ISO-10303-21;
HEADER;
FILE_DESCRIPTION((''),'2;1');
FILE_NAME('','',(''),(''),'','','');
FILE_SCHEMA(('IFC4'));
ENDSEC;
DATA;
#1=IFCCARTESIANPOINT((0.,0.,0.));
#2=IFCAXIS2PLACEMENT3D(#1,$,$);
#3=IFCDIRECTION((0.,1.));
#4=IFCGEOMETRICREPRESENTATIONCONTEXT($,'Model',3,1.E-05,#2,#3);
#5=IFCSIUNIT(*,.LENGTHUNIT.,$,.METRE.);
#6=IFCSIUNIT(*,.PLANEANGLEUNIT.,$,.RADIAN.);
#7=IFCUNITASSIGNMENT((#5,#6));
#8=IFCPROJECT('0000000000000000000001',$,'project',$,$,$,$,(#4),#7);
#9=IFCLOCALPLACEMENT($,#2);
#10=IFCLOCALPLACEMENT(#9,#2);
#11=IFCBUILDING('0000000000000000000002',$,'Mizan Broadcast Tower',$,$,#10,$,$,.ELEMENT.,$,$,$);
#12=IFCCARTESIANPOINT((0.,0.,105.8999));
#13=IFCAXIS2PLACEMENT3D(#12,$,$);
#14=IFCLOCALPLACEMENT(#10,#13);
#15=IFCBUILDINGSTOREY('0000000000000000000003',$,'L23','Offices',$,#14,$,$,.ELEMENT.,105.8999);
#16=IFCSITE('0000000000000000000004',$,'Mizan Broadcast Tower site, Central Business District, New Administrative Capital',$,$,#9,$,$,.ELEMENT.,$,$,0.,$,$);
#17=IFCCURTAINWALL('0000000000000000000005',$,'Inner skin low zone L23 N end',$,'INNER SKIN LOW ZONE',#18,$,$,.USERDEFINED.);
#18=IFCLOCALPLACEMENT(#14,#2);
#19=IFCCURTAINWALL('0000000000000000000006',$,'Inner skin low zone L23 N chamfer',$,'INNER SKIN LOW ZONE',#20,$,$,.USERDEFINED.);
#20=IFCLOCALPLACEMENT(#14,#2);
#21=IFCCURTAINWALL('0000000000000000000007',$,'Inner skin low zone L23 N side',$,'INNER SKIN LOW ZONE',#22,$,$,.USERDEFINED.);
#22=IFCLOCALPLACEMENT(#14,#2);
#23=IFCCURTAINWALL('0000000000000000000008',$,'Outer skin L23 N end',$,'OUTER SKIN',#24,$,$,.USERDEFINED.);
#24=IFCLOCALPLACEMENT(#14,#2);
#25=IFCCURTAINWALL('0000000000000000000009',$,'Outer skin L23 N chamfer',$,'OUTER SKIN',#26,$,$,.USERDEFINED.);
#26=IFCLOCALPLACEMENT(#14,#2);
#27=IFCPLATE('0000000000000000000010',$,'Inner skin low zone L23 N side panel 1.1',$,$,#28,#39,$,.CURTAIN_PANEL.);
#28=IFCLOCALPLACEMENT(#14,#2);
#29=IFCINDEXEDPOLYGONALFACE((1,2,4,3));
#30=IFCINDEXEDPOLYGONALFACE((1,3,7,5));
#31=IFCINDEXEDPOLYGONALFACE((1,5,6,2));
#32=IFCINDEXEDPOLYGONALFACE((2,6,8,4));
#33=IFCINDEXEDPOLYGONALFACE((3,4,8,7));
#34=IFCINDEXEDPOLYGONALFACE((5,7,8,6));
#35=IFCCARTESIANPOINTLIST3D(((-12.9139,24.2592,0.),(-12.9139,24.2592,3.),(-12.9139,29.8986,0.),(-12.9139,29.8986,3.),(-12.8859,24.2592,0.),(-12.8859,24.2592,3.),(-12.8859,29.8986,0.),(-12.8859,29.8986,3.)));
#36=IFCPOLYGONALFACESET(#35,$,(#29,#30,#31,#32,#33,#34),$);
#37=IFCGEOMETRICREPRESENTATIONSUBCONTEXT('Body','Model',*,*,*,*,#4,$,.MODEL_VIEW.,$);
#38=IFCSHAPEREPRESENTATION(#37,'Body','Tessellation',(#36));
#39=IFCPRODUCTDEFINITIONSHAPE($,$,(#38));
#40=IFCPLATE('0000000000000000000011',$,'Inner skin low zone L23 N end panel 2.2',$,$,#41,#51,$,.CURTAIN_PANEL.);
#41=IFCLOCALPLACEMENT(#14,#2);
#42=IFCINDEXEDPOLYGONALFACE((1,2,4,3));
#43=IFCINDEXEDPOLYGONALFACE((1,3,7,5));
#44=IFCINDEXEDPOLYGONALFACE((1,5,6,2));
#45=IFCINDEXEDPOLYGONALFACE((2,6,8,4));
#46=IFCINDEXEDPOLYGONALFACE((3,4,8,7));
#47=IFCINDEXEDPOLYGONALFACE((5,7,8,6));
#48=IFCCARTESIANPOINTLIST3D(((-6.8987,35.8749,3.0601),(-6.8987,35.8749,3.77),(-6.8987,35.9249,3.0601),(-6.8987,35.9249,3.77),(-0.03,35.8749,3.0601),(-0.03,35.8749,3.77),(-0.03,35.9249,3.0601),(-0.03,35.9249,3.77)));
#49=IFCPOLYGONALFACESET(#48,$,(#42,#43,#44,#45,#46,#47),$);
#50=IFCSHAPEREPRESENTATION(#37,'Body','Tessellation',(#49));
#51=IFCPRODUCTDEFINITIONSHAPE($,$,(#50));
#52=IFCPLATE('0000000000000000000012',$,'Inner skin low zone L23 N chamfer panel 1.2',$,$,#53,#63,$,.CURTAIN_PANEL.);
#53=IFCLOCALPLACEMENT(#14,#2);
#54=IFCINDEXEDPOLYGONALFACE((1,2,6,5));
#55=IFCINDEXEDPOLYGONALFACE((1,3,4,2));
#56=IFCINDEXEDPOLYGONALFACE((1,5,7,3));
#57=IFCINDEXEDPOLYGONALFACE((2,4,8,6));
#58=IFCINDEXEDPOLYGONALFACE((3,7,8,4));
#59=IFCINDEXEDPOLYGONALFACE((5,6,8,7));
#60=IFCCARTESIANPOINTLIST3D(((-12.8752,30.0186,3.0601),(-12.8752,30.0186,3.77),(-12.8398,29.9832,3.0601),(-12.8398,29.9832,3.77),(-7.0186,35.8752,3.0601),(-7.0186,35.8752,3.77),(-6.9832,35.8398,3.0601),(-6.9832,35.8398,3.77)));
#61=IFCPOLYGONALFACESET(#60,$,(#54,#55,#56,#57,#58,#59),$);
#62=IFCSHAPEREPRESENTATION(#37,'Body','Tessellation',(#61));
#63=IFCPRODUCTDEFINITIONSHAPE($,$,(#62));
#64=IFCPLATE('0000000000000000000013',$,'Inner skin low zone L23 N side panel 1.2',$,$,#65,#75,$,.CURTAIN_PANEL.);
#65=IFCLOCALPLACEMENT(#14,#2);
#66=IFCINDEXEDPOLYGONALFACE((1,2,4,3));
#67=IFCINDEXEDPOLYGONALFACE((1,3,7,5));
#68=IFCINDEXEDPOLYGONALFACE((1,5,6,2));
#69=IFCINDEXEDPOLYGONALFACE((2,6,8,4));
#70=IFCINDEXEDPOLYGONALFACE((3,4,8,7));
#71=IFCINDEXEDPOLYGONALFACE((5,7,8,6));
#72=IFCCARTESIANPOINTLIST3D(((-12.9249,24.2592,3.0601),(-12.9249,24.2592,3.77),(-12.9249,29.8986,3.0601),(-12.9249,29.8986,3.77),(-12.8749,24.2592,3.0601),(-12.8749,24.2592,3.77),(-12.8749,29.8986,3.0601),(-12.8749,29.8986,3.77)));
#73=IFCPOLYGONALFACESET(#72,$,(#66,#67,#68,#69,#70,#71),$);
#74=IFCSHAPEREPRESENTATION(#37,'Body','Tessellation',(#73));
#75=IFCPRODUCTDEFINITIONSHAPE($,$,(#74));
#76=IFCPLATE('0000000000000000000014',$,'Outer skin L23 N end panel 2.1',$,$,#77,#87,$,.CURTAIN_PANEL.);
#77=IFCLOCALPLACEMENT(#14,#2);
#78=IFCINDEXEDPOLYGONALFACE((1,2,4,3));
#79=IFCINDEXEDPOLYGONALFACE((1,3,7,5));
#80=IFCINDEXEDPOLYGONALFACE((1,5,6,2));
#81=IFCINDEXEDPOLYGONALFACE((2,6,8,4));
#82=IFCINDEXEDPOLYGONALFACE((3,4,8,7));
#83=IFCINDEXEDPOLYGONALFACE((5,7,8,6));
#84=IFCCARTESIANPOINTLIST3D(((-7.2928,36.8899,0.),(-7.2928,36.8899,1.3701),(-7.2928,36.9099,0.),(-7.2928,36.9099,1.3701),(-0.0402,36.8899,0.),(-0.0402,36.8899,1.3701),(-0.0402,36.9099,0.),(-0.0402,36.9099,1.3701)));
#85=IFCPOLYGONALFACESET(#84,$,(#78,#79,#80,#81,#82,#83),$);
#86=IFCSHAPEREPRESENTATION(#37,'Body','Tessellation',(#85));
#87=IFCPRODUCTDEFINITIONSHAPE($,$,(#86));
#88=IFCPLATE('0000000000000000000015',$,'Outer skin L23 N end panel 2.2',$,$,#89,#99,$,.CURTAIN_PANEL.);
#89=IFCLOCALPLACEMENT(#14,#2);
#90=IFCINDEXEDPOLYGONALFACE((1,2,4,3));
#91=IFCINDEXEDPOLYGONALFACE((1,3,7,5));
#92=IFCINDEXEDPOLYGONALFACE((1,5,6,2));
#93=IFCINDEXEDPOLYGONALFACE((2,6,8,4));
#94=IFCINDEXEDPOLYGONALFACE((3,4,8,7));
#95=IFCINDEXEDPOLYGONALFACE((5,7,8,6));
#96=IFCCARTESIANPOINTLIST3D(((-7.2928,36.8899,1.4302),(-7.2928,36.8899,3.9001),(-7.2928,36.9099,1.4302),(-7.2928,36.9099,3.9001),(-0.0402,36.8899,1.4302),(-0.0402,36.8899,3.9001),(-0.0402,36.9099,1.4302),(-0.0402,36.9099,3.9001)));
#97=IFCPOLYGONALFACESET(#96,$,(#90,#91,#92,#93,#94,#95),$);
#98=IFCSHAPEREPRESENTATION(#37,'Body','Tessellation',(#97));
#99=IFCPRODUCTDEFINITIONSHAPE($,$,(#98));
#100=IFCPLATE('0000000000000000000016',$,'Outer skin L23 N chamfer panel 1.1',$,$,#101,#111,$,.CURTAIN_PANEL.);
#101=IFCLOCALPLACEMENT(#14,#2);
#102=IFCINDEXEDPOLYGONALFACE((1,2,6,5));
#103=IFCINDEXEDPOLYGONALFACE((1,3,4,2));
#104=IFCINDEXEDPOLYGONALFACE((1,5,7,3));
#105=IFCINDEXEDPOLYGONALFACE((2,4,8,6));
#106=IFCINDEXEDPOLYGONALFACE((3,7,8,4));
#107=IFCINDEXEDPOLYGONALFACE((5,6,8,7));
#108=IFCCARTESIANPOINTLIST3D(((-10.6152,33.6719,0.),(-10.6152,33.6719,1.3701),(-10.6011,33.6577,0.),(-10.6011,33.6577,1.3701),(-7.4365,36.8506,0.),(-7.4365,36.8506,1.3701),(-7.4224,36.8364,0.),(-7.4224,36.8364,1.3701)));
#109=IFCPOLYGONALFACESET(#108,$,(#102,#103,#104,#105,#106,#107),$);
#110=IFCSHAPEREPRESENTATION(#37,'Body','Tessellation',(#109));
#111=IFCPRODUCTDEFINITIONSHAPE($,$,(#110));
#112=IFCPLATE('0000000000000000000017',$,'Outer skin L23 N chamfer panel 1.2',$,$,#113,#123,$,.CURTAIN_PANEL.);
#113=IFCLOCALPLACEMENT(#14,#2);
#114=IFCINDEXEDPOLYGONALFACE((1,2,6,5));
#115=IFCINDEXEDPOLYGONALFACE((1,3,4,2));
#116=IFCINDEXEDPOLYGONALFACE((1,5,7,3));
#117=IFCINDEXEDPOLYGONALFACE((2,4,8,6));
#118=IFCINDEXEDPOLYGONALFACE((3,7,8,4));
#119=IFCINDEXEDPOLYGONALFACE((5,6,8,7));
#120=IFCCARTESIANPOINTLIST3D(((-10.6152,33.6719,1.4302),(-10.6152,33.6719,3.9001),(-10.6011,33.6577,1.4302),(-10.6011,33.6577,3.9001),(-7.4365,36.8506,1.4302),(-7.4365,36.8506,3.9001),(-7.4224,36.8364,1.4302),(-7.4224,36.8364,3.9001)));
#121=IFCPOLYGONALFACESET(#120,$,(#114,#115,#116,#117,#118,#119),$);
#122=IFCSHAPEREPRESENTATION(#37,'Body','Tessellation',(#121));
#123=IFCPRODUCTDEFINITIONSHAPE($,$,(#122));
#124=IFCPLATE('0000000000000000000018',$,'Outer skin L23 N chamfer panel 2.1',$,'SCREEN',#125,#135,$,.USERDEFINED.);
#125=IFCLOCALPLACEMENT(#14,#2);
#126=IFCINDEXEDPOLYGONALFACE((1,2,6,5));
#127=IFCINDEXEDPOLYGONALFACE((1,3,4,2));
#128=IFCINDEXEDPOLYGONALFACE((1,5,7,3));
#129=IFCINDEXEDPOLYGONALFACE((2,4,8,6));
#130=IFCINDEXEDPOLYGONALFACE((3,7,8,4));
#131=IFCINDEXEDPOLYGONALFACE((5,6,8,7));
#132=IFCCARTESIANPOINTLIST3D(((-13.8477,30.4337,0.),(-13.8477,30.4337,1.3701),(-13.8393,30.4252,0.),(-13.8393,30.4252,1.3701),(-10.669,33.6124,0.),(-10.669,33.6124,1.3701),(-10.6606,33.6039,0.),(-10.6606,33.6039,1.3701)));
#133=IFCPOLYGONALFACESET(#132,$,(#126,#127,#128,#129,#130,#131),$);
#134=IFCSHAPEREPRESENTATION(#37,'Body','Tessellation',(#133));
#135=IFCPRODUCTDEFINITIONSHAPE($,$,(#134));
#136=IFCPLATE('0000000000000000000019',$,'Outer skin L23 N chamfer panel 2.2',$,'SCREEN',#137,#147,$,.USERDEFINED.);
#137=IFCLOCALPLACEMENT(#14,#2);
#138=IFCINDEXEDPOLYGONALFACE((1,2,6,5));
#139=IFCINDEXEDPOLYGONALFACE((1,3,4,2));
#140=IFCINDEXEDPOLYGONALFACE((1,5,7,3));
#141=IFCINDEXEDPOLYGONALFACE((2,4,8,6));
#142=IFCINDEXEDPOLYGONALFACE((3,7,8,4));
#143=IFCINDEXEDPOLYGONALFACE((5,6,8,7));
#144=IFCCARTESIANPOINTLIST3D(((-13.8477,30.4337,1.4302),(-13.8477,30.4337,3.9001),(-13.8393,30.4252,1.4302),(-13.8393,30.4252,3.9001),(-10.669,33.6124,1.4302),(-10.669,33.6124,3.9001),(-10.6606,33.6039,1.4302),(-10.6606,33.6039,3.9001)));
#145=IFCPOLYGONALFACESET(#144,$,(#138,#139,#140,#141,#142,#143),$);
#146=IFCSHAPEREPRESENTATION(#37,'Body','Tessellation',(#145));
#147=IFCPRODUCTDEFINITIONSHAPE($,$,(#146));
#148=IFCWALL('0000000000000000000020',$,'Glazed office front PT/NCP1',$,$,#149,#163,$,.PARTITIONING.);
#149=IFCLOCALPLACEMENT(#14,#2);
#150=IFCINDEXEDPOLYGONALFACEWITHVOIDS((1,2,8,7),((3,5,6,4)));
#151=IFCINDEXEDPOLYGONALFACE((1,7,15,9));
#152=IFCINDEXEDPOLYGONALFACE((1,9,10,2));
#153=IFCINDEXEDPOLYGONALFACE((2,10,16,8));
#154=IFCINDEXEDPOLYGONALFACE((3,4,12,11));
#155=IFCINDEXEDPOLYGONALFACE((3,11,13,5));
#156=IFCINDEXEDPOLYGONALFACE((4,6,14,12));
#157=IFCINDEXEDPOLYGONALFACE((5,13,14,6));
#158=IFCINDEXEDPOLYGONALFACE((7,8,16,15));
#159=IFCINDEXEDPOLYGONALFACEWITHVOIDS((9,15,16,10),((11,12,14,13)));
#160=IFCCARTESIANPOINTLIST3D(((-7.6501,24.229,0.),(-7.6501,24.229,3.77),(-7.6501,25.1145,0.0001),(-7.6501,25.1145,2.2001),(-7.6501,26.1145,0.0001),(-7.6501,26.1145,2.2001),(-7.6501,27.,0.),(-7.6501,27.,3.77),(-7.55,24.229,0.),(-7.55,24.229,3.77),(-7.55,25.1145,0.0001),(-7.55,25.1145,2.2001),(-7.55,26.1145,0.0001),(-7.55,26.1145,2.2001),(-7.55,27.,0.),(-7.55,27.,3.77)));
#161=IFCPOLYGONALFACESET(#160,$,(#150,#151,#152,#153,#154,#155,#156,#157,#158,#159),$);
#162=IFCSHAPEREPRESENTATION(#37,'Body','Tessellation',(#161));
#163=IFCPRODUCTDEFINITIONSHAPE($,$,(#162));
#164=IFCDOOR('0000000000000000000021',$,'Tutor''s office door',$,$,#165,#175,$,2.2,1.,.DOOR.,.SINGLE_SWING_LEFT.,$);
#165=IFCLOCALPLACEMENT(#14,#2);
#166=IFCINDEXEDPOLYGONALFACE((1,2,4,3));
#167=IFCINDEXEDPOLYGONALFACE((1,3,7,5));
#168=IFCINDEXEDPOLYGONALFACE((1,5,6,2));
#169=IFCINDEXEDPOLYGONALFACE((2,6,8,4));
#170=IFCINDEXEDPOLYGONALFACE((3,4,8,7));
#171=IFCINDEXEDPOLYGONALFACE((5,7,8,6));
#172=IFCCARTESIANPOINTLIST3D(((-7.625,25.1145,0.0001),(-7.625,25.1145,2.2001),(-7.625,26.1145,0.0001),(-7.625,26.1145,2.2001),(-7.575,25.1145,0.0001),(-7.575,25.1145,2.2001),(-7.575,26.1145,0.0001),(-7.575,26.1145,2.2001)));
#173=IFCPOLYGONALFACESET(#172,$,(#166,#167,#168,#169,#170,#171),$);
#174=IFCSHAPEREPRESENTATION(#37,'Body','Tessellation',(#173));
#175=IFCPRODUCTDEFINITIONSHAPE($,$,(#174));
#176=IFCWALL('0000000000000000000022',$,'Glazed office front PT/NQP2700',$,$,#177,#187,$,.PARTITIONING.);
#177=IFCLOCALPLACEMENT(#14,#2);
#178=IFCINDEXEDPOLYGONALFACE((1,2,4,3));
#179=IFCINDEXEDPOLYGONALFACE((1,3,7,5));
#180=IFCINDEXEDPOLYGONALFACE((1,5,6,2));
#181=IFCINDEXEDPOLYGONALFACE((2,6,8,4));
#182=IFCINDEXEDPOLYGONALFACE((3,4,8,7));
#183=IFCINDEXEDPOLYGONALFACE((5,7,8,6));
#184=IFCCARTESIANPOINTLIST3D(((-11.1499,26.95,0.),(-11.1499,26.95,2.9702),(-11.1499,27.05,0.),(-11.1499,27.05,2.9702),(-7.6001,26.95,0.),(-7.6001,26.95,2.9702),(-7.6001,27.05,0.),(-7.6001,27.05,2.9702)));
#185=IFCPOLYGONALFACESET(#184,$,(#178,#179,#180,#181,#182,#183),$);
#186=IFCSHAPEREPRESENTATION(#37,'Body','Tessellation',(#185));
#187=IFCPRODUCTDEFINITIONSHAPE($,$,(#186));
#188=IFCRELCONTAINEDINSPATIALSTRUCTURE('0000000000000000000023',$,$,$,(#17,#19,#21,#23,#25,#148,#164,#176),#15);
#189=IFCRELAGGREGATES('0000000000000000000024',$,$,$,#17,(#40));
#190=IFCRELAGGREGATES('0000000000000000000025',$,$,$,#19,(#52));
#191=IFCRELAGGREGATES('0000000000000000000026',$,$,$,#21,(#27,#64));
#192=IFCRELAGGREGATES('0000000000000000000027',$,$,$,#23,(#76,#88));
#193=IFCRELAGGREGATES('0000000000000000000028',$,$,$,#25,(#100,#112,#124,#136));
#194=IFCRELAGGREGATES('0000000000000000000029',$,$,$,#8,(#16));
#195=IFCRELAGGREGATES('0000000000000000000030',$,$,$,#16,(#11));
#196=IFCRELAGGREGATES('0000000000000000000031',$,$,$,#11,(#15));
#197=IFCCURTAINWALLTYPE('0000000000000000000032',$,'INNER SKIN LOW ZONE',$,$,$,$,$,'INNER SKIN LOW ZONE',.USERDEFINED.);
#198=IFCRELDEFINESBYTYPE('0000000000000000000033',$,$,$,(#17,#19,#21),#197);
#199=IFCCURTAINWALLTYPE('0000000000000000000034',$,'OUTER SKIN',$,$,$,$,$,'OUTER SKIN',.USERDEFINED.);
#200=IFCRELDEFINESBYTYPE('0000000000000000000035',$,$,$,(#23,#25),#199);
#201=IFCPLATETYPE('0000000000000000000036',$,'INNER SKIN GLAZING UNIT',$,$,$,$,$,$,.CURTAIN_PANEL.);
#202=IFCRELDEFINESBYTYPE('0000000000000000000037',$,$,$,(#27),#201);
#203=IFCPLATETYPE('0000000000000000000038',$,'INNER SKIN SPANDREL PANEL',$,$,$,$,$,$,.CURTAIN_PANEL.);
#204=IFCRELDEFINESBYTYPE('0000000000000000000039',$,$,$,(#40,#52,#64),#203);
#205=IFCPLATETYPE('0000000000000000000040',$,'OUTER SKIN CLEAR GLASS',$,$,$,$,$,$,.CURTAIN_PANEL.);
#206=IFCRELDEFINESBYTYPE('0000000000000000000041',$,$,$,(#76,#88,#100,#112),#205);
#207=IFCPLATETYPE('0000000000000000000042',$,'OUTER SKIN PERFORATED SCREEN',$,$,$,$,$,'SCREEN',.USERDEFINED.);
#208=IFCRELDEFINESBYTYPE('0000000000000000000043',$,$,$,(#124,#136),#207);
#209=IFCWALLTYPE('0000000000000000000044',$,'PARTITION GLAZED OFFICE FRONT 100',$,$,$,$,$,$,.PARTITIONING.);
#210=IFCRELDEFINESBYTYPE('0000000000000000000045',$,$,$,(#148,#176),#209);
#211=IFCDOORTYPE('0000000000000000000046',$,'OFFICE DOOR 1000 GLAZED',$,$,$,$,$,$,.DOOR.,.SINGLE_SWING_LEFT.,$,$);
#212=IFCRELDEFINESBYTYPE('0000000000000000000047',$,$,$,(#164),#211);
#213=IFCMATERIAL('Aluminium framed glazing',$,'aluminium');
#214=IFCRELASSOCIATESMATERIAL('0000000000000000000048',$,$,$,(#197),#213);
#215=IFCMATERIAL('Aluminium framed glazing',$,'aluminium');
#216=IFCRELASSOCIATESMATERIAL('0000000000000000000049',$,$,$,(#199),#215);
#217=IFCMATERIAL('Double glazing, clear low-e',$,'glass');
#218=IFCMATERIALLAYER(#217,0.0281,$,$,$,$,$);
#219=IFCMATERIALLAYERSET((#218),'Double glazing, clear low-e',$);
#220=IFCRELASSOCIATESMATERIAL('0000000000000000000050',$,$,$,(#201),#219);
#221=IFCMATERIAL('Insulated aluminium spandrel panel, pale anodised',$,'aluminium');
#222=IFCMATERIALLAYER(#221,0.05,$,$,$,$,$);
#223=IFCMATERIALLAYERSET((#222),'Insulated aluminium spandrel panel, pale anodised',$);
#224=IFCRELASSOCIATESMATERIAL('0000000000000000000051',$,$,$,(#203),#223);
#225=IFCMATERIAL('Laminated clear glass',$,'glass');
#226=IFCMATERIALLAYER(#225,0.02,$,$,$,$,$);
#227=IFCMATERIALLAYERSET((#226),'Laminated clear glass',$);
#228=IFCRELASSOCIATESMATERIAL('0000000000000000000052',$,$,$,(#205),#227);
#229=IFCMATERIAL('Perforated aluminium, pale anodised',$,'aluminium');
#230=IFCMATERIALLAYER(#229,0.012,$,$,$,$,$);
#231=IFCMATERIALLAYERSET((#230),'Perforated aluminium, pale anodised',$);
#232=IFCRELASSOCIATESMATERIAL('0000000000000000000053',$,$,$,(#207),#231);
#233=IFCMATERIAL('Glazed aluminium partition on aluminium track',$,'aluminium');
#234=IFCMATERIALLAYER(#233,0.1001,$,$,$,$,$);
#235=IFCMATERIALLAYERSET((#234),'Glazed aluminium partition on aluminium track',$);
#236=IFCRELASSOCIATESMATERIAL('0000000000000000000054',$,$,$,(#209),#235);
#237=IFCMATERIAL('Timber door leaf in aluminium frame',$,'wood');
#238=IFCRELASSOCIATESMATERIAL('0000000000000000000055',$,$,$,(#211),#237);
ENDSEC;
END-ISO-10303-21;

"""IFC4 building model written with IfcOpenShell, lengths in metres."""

from ifc_helpers import new_model, si_unit, direction, frame, frame_2d, origin, origin_2d, place, context, subcontext, project, spatial, rectangle, extrude, material, layer, layer_set, type_object, element, fill, aggregate, save


model = new_model("IFC4")

# Units and contexts
model_context = context("Model", 3, precision=1e-05, world=origin(), true_north=direction((0.0, 1.0)))
body_context = subcontext(model_context, "Body", "Model", "MODEL_VIEW")
ifc_project = project(units=[si_unit("LENGTHUNIT", "METRE"), si_unit("PLANEANGLEUNIT", "RADIAN")], contexts=[model_context])

# Site, building, storey
site_placement = place(None, origin())
site = spatial("IfcSite", under=ifc_project, at=site_placement, Name="Mizan Broadcast Tower site, Central Business District, New Administrative Capital", CompositionType="ELEMENT", RefElevation=0.0)
building_placement = place(site_placement, origin())
building = spatial("IfcBuilding", under=site, at=building_placement, Name="Mizan Broadcast Tower", CompositionType="ELEMENT")
storey_placement = place(building_placement, frame((0.0, 0.0, 105.8999)))
storey = spatial("IfcBuildingStorey", under=building, at=storey_placement, Name="L23", Description="Offices", CompositionType="ELEMENT", Elevation=105.8999)

# Curtain walls
ifc_material_1 = material(Name="Aluminium framed glazing", Category="aluminium")
curtain_wall_type_1 = type_object("IfcCurtainWallType", Name="INNER SKIN LOW ZONE", ElementType="INNER SKIN LOW ZONE", PredefinedType="USERDEFINED", material=ifc_material_1)
curtain_wall_1_placement = place(storey_placement, origin())
curtain_wall_1 = element("IfcCurtainWall", 1, at=curtain_wall_1_placement, inside=storey, type_object=curtain_wall_type_1, Name="Inner skin low zone L23 N end", ObjectType="INNER SKIN LOW ZONE", PredefinedType="USERDEFINED")
curtain_wall_2_placement = place(storey_placement, origin())
curtain_wall_2 = element("IfcCurtainWall", 2, at=curtain_wall_2_placement, inside=storey, type_object=curtain_wall_type_1, Name="Inner skin low zone L23 N chamfer", ObjectType="INNER SKIN LOW ZONE", PredefinedType="USERDEFINED")
curtain_wall_3_placement = place(storey_placement, origin())
curtain_wall_3 = element("IfcCurtainWall", 3, at=curtain_wall_3_placement, inside=storey, type_object=curtain_wall_type_1, Name="Inner skin low zone L23 N side", ObjectType="INNER SKIN LOW ZONE", PredefinedType="USERDEFINED")

# Curtain walls
ifc_material_2 = material(Name="Aluminium framed glazing", Category="aluminium")
curtain_wall_type_2 = type_object("IfcCurtainWallType", Name="OUTER SKIN", ElementType="OUTER SKIN", PredefinedType="USERDEFINED", material=ifc_material_2)
curtain_wall_4_placement = place(storey_placement, origin())
curtain_wall_4 = element("IfcCurtainWall", 4, at=curtain_wall_4_placement, inside=storey, type_object=curtain_wall_type_2, Name="Outer skin L23 N end", ObjectType="OUTER SKIN", PredefinedType="USERDEFINED")
curtain_wall_5_placement = place(storey_placement, origin())
curtain_wall_5 = element("IfcCurtainWall", 5, at=curtain_wall_5_placement, inside=storey, type_object=curtain_wall_type_2, Name="Outer skin L23 N chamfer", ObjectType="OUTER SKIN", PredefinedType="USERDEFINED")

# Plates
ifc_material_3 = material(Name="Double glazing, clear low-e", Category="glass")
ifc_layer_1 = layer(ifc_material_3, 0.0281)
ifc_layer_set_1 = layer_set([ifc_layer_1], Name="Double glazing, clear low-e")
plate_type_1 = type_object("IfcPlateType", Name="INNER SKIN GLAZING UNIT", PredefinedType="CURTAIN_PANEL", material=ifc_layer_set_1)
plate_1_placement = place(storey_placement, frame((-12.8999, 27.0789, 0.0), z_axis=(0.0, 0.0, 1.0), x_axis=(0.0, -1.0, 0.0)))
plate_1 = element("IfcPlate", 6, at=plate_1_placement, type_object=plate_type_1, Name="Inner skin low zone L23 N side panel 1.1", PredefinedType="CURTAIN_PANEL", context=body_context, shape_type="SweptSolid", body=[
    extrude(rectangle(XDim=5.6394, YDim=0.0281, at=origin_2d()), origin(), (0.0, 0.0, 1.0), 3.0),
])
ifc_material_4 = material(Name="Insulated aluminium spandrel panel, pale anodised", Category="aluminium")
ifc_layer_2 = layer(ifc_material_4, 0.05)
ifc_layer_set_2 = layer_set([ifc_layer_2], Name="Insulated aluminium spandrel panel, pale anodised")
plate_type_2 = type_object("IfcPlateType", Name="INNER SKIN SPANDREL PANEL", PredefinedType="CURTAIN_PANEL", material=ifc_layer_set_2)
plate_2_placement = place(storey_placement, frame((-3.4644, 35.8999, 3.0601), z_axis=(0.0, 0.0, 1.0), x_axis=(-1.0, 0.0, 0.0)))
plate_2 = element("IfcPlate", 7, at=plate_2_placement, type_object=plate_type_2, Name="Inner skin low zone L23 N end panel 2.2", PredefinedType="CURTAIN_PANEL", context=body_context, shape_type="SweptSolid", body=[
    extrude(rectangle(XDim=6.8687, YDim=0.05, at=origin_2d()), origin(), (0.0, 0.0, 1.0), 0.71),
])
aggregate(curtain_wall_1, [plate_2])
plate_3_placement = place(storey_placement, frame((-9.9292, 32.9292, 3.0601), z_axis=(0.0, 0.0, 1.0), x_axis=(-0.707107, -0.707107, 0.0)))
plate_3 = element("IfcPlate", 8, at=plate_3_placement, type_object=plate_type_2, Name="Inner skin low zone L23 N chamfer panel 1.2", PredefinedType="CURTAIN_PANEL", context=body_context, shape_type="SweptSolid", body=[
    extrude(rectangle(XDim=8.2825, YDim=0.05, at=origin_2d()), origin(), (0.0, 0.0, 1.0), 0.71),
])
aggregate(curtain_wall_2, [plate_3])
plate_4_placement = place(storey_placement, frame((-12.8999, 27.0789, 3.0601), z_axis=(0.0, 0.0, 1.0), x_axis=(0.0, -1.0, 0.0)))
plate_4 = element("IfcPlate", 9, at=plate_4_placement, type_object=plate_type_2, Name="Inner skin low zone L23 N side panel 1.2", PredefinedType="CURTAIN_PANEL", context=body_context, shape_type="SweptSolid", body=[
    extrude(rectangle(XDim=5.6394, YDim=0.05, at=origin_2d()), origin(), (0.0, 0.0, 1.0), 0.71),
])
aggregate(curtain_wall_3, [plate_1, plate_4])
ifc_material_5 = material(Name="Laminated clear glass", Category="glass")
ifc_layer_3 = layer(ifc_material_5, 0.02)
ifc_layer_set_3 = layer_set([ifc_layer_3], Name="Laminated clear glass")
plate_type_3 = type_object("IfcPlateType", Name="OUTER SKIN CLEAR GLASS", PredefinedType="CURTAIN_PANEL", material=ifc_layer_set_3)
plate_5_placement = place(storey_placement, frame((-3.6665, 36.8999, 0.0), z_axis=(0.0, 0.0, 1.0), x_axis=(-1.0, 0.0, 0.0)))
plate_5 = element("IfcPlate", 10, at=plate_5_placement, type_object=plate_type_3, Name="Outer skin L23 N end panel 2.1", PredefinedType="CURTAIN_PANEL", context=body_context, shape_type="SweptSolid", body=[
    extrude(rectangle(XDim=7.2527, YDim=0.02, at=origin_2d()), origin(), (0.0, 0.0, 1.0), 1.3701),
])
plate_6_placement = place(storey_placement, frame((-3.6665, 36.8999, 1.4302), z_axis=(0.0, 0.0, 1.0), x_axis=(-1.0, 0.0, 0.0)))
plate_6 = element("IfcPlate", 11, at=plate_6_placement, type_object=plate_type_3, Name="Outer skin L23 N end panel 2.2", PredefinedType="CURTAIN_PANEL", context=body_context, shape_type="SweptSolid", body=[
    extrude(rectangle(XDim=7.2527, YDim=0.02, at=origin_2d()), origin(), (0.0, 0.0, 1.0), 2.47),
])
aggregate(curtain_wall_4, [plate_5, plate_6])
plate_7_placement = place(storey_placement, frame((-9.0188, 35.2542, 0.0), z_axis=(0.0, 0.0, 1.0), x_axis=(-0.707107, -0.707107, 0.0)))
plate_7 = element("IfcPlate", 12, at=plate_7_placement, type_object=plate_type_3, Name="Outer skin L23 N chamfer panel 1.1", PredefinedType="CURTAIN_PANEL", context=body_context, shape_type="SweptSolid", body=[
    extrude(rectangle(XDim=4.4954, YDim=0.02, at=origin_2d()), origin(), (0.0, 0.0, 1.0), 1.3701),
])
plate_8_placement = place(storey_placement, frame((-9.0188, 35.2542, 1.4302), z_axis=(0.0, 0.0, 1.0), x_axis=(-0.707107, -0.707107, 0.0)))
plate_8 = element("IfcPlate", 13, at=plate_8_placement, type_object=plate_type_3, Name="Outer skin L23 N chamfer panel 1.2", PredefinedType="CURTAIN_PANEL", context=body_context, shape_type="SweptSolid", body=[
    extrude(rectangle(XDim=4.4954, YDim=0.02, at=origin_2d()), origin(), (0.0, 0.0, 1.0), 2.47),
])
ifc_material_6 = material(Name="Perforated aluminium, pale anodised", Category="aluminium")
ifc_layer_4 = layer(ifc_material_6, 0.012)
ifc_layer_set_4 = layer_set([ifc_layer_4], Name="Perforated aluminium, pale anodised")
plate_type_4 = type_object("IfcPlateType", Name="OUTER SKIN PERFORATED SCREEN", ElementType="SCREEN", PredefinedType="USERDEFINED", material=ifc_layer_set_4)
plate_9_placement = place(storey_placement, frame((-12.2542, 32.0188, 0.0), z_axis=(0.0, 0.0, 1.0), x_axis=(-0.707107, -0.707107, 0.0)))
plate_9 = element("IfcPlate", 14, at=plate_9_placement, type_object=plate_type_4, Name="Outer skin L23 N chamfer panel 2.1", ObjectType="SCREEN", PredefinedType="USERDEFINED", context=body_context, shape_type="SweptSolid", body=[
    extrude(rectangle(XDim=4.4954, YDim=0.012, at=origin_2d()), origin(), (0.0, 0.0, 1.0), 1.3701),
])
plate_10_placement = place(storey_placement, frame((-12.2542, 32.0188, 1.4302), z_axis=(0.0, 0.0, 1.0), x_axis=(-0.707107, -0.707107, 0.0)))
plate_10 = element("IfcPlate", 15, at=plate_10_placement, type_object=plate_type_4, Name="Outer skin L23 N chamfer panel 2.2", ObjectType="SCREEN", PredefinedType="USERDEFINED", context=body_context, shape_type="SweptSolid", body=[
    extrude(rectangle(XDim=4.4954, YDim=0.012, at=origin_2d()), origin(), (0.0, 0.0, 1.0), 2.47),
])
aggregate(curtain_wall_5, [plate_7, plate_8, plate_9, plate_10])

# Wall, opening, door
ifc_material_7 = material(Name="Glazed aluminium partition on aluminium track", Category="aluminium")
ifc_layer_5 = layer(ifc_material_7, 0.1001)
ifc_layer_set_5 = layer_set([ifc_layer_5], Name="Glazed aluminium partition on aluminium track")
wall_type = type_object("IfcWallType", Name="PARTITION GLAZED OFFICE FRONT 100", PredefinedType="PARTITIONING", material=ifc_layer_set_5)
wall_1_placement = place(storey_placement, frame((-7.6001, 24.229, 0.0), z_axis=(0.0, 0.0, 1.0), x_axis=(0.0, 1.0, 0.0)))
wall_1 = element("IfcWall", 16, at=wall_1_placement, inside=storey, type_object=wall_type, Name="Glazed office front PT/NCP1", PredefinedType="PARTITIONING", context=body_context, shape_type="SweptSolid", body=[
    extrude(rectangle(XDim=2.771, YDim=0.1001, at=frame_2d((1.3855, 0.0))), origin(), (0.0, 0.0, 1.0), 3.77),
])
opening_placement = place(wall_1_placement, frame((0.8855, 0.0, 0.0)))
opening = element("IfcOpeningElement", 17, at=opening_placement, cuts=wall_1, PredefinedType="OPENING", context=body_context, shape_type="SweptSolid", body=[
    extrude(rectangle(XDim=1.0, YDim=2.2, at=frame_2d((0.5, 1.1001))), frame((0.0, 0.0601, 0.0), z_axis=(0.0, -1.0, 0.0), x_axis=(1.0, 0.0, 0.0)), (0.0, 0.0, 1.0), 0.1201),
])
ifc_material_8 = material(Name="Timber door leaf in aluminium frame", Category="wood")
door_type = type_object("IfcDoorType", Name="OFFICE DOOR 1000 GLAZED", OperationType="SINGLE_SWING_LEFT", PredefinedType="DOOR", material=ifc_material_8)
door_placement = place(opening_placement, origin())
door = element("IfcDoor", 18, at=door_placement, inside=storey, type_object=door_type, Name="Tutor's office door", OperationType="SINGLE_SWING_LEFT", OverallHeight=2.2, OverallWidth=1.0, PredefinedType="DOOR", context=body_context, shape_type="SweptSolid", body=[
    extrude(rectangle(XDim=1.0, YDim=2.2, at=frame_2d((0.5, 1.1001))), frame((0.0, 0.0249, 0.0), z_axis=(0.0, -1.0, 0.0), x_axis=(1.0, 0.0, 0.0)), (0.0, 0.0, 1.0), 0.05),
])
fill(opening, door)

# Wall
wall_2_placement = place(storey_placement, frame((-7.6001, 27.0, 0.0), z_axis=(0.0, 0.0, 1.0), x_axis=(-1.0, 0.0, 0.0)))
element("IfcWall", 19, at=wall_2_placement, inside=storey, type_object=wall_type, Name="Glazed office front PT/NQP2700", PredefinedType="PARTITIONING", context=body_context, shape_type="SweptSolid", body=[
    extrude(rectangle(XDim=3.5498, YDim=0.1001, at=frame_2d((1.7749, 0.0))), origin(), (0.0, 0.0, 1.0), 2.9702),
])

save(model, "model.ifc")
